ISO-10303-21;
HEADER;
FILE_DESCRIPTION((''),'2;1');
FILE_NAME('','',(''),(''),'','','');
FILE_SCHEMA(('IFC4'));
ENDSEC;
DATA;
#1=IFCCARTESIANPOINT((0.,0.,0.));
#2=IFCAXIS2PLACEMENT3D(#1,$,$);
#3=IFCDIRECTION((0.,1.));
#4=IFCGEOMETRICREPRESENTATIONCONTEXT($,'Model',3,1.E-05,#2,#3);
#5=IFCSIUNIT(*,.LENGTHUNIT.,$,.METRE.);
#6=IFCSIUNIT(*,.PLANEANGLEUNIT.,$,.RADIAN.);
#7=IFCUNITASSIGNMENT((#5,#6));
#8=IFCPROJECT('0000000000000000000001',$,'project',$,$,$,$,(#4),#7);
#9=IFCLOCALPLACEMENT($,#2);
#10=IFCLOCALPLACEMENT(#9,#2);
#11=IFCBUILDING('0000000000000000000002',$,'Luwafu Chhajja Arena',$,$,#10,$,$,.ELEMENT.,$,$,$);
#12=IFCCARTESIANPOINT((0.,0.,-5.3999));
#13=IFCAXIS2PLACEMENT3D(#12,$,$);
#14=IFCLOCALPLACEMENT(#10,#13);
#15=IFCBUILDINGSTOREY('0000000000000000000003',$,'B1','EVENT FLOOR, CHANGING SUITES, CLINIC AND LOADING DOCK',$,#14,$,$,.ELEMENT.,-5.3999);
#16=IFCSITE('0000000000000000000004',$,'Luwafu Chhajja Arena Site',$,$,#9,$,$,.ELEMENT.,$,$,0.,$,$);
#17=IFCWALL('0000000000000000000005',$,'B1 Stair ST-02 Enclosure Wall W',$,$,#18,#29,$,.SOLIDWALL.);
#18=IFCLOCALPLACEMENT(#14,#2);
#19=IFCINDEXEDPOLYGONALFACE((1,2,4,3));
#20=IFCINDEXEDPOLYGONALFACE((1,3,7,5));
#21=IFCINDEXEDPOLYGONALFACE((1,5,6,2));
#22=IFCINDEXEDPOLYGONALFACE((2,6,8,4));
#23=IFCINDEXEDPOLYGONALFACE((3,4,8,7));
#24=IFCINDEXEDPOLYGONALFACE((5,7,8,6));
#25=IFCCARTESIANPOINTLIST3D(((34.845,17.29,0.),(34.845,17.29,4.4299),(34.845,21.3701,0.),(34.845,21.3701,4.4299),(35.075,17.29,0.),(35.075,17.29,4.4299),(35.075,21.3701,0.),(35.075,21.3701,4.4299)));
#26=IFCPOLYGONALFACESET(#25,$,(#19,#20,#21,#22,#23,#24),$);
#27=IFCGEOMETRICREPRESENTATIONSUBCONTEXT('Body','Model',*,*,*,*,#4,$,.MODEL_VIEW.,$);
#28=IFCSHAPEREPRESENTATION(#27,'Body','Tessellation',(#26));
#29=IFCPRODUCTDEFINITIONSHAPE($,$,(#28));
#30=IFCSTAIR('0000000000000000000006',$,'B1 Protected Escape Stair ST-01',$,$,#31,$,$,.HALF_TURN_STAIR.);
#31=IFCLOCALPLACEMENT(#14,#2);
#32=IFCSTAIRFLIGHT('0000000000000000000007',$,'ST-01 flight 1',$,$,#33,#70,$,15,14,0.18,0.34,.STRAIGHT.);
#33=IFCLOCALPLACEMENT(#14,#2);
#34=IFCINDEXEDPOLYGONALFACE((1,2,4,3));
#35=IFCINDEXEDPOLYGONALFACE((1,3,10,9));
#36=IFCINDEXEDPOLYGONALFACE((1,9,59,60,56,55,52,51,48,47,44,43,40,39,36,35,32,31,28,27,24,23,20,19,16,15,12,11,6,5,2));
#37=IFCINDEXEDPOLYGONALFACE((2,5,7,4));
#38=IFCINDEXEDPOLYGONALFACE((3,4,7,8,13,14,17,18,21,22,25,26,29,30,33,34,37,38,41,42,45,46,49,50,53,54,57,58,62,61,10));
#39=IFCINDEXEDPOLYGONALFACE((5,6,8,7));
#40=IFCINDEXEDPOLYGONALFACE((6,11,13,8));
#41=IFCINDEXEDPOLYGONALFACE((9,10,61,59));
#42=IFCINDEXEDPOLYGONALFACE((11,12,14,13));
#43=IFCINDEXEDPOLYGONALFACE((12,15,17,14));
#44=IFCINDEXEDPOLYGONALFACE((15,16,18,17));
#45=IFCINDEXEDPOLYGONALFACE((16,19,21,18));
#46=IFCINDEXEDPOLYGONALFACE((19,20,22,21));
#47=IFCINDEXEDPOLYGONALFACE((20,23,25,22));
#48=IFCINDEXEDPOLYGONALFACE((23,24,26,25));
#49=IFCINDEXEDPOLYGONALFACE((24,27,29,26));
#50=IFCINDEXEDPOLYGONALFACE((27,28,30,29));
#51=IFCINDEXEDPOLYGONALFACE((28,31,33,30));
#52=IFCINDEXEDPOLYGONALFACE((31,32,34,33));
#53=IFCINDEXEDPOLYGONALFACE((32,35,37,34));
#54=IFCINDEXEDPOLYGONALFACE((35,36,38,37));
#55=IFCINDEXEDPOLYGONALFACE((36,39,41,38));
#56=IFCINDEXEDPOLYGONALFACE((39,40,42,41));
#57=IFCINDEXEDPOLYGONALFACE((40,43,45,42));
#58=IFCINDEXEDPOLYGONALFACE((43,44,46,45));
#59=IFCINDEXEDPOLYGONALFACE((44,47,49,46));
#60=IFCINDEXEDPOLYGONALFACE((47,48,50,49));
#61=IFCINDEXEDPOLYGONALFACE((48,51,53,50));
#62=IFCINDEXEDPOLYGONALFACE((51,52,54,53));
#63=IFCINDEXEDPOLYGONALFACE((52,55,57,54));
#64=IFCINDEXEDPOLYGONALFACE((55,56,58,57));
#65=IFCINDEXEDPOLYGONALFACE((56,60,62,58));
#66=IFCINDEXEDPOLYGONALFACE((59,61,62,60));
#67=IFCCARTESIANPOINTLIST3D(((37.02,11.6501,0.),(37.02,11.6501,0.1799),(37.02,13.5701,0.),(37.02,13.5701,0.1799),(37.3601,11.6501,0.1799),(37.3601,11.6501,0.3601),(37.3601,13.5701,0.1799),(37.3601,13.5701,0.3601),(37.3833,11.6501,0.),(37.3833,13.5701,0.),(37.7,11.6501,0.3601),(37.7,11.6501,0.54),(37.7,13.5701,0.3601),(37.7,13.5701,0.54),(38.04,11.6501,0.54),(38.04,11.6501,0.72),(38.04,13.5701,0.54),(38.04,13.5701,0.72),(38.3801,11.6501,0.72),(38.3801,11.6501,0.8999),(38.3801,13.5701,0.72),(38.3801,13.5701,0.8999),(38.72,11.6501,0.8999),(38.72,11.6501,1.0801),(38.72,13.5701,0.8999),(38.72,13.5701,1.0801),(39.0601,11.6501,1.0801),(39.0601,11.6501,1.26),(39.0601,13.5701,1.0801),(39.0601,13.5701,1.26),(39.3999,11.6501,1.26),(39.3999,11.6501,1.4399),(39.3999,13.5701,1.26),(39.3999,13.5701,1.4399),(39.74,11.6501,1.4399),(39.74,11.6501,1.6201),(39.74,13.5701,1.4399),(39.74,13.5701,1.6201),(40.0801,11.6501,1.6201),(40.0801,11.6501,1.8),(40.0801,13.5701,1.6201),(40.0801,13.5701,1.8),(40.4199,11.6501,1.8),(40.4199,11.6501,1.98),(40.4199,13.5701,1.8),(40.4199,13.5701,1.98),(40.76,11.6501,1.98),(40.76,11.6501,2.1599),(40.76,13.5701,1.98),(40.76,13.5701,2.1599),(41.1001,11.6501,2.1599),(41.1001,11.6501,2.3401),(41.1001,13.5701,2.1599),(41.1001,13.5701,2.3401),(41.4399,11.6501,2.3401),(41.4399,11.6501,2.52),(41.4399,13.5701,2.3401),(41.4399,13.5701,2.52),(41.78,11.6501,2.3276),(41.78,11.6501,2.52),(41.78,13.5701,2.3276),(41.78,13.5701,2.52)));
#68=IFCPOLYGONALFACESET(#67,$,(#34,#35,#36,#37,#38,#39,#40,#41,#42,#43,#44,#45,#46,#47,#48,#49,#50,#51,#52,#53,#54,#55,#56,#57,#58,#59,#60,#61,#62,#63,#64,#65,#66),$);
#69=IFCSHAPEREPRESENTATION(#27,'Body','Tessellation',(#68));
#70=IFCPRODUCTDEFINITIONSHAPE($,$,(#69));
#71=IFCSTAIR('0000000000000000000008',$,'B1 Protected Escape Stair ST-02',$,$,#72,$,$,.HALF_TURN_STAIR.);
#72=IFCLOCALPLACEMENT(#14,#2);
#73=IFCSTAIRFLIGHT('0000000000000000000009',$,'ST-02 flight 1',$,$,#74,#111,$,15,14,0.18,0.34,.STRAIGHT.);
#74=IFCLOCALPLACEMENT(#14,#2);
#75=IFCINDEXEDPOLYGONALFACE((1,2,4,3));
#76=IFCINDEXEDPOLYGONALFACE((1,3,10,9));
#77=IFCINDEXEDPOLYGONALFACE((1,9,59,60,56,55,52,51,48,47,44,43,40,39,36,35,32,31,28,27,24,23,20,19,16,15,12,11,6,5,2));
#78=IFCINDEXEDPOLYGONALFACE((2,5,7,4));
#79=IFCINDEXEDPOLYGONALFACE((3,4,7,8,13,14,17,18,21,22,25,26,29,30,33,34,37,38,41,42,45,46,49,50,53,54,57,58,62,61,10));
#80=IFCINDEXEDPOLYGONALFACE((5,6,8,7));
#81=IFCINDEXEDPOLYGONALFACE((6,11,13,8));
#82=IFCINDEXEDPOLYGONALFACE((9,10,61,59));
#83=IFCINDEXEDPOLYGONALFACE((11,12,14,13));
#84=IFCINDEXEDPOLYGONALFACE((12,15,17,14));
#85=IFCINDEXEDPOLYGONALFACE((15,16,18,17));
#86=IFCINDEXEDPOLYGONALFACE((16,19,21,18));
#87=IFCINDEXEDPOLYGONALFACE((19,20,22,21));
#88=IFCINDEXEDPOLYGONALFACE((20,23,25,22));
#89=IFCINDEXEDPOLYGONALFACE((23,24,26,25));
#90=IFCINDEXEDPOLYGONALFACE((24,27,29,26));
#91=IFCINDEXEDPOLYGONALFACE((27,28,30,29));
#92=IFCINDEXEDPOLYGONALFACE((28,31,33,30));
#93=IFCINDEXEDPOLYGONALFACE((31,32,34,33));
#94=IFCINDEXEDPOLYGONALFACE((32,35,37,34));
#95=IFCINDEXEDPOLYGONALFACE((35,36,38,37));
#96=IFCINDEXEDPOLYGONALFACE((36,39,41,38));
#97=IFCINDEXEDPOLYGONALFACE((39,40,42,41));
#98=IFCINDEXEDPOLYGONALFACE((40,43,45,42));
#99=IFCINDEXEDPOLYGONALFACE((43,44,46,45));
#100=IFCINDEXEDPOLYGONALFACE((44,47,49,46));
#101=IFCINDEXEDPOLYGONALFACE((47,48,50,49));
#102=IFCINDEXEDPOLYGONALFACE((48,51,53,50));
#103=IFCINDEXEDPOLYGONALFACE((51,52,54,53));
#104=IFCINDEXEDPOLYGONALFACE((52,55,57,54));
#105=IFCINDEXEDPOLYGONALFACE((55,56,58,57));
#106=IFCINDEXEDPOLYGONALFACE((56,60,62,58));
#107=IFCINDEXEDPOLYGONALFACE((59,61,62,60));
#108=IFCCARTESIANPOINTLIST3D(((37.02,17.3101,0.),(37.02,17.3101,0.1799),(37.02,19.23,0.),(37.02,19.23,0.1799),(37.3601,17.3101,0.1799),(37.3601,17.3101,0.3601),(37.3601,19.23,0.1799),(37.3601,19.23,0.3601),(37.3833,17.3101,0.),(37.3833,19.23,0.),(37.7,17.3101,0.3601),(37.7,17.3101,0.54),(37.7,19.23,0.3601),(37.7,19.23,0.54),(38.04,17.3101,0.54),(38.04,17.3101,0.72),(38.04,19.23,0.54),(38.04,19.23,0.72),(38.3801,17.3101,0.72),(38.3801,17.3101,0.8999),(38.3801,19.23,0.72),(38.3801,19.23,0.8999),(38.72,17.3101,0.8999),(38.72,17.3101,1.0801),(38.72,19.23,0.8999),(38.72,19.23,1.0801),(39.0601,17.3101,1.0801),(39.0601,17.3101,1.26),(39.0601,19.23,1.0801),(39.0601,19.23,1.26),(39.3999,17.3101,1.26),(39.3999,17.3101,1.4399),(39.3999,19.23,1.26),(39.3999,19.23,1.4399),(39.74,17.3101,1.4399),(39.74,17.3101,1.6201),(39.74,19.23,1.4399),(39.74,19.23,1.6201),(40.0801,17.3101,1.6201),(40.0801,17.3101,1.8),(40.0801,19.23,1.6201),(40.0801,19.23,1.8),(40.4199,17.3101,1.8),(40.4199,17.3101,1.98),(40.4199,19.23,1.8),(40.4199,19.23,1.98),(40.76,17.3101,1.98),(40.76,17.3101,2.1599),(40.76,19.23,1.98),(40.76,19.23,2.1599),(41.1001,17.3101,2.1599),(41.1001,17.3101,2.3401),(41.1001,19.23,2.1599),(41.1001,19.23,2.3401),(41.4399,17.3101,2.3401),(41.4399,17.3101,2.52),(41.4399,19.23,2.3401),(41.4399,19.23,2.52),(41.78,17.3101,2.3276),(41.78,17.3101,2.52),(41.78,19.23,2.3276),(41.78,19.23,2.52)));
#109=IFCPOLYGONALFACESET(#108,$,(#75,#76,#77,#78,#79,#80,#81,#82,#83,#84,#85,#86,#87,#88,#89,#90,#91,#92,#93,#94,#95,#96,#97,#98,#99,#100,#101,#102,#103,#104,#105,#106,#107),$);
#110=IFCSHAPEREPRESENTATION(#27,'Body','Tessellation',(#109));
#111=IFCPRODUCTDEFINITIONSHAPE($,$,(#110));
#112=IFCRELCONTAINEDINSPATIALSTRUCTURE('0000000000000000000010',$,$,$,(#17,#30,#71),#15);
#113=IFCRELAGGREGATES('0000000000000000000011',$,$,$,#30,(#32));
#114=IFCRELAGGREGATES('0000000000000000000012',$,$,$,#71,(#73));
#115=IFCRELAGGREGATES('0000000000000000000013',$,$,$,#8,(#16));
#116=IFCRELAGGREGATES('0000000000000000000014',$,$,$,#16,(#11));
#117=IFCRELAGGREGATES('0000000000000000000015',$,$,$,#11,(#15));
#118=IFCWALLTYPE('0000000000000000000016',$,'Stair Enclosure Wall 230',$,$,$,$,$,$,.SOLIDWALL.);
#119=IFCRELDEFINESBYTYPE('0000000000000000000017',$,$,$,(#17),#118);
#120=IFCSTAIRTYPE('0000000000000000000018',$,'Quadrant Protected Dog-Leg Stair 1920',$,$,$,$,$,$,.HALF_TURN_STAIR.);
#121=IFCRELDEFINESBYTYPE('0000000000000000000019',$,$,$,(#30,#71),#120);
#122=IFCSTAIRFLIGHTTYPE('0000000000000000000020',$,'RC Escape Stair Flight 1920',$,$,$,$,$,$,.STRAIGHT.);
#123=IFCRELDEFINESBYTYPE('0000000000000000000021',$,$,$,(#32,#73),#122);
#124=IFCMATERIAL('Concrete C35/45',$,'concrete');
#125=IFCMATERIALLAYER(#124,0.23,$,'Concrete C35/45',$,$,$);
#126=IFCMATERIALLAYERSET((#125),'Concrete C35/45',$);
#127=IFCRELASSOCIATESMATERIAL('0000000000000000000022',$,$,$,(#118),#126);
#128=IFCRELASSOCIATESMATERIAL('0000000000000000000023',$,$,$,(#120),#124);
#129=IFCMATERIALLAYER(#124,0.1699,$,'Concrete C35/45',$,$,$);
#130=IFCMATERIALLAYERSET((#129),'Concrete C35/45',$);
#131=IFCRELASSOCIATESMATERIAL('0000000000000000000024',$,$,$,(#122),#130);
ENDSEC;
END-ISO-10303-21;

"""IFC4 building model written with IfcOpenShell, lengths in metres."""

from ifc_helpers import new_model, si_unit, direction, frame, frame_2d, origin, place, context, subcontext, project, spatial, polyline, rectangle, outline, extrude, material, layer, layer_set, type_object, element, aggregate, save


model = new_model("IFC4")

# Units and contexts
model_context = context("Model", 3, precision=1e-05, world=origin(), true_north=direction((0.0, 1.0)))
body_context = subcontext(model_context, "Body", "Model", "MODEL_VIEW")
ifc_project = project(units=[si_unit("LENGTHUNIT", "METRE"), si_unit("PLANEANGLEUNIT", "RADIAN")], contexts=[model_context])

# Site, building, storey
site_placement = place(None, origin())
site = spatial("IfcSite", under=ifc_project, at=site_placement, Name="Luwafu Chhajja Arena Site", CompositionType="ELEMENT", RefElevation=0.0)
building_placement = place(site_placement, origin())
building = spatial("IfcBuilding", under=site, at=building_placement, Name="Luwafu Chhajja Arena", CompositionType="ELEMENT")
storey_placement = place(building_placement, frame((0.0, 0.0, -5.3999)))
storey = spatial("IfcBuildingStorey", under=building, at=storey_placement, Name="B1", Description="EVENT FLOOR, CHANGING SUITES, CLINIC AND LOADING DOCK", CompositionType="ELEMENT", Elevation=-5.3999)

# Shared definitions
ifc_material_1 = material(Name="Concrete C35/45", Category="concrete")

# Wall
ifc_layer_1 = layer(ifc_material_1, 0.23, Name="Concrete C35/45")
ifc_layer_set_1 = layer_set([ifc_layer_1], Name="Concrete C35/45")
wall_type_1 = type_object("IfcWallType", Name="Stair Enclosure Wall 230", PredefinedType="SOLIDWALL", material=ifc_layer_set_1)
wall_1_placement = place(storey_placement, frame((34.96, 17.29, 0.0), z_axis=(0.0, 0.0, 1.0), x_axis=(0.0, 1.0, 0.0)))
element("IfcWall", 1, at=wall_1_placement, inside=storey, type_object=wall_type_1, Name="B1 Stair ST-02 Enclosure Wall W", PredefinedType="SOLIDWALL", context=body_context, shape_type="SweptSolid", body=[
    extrude(rectangle(XDim=4.0801, YDim=0.23, at=frame_2d((2.04, 0.0))), origin(), (0.0, 0.0, 1.0), 4.4299),
])

# Stairs, stair flights
stair_type = type_object("IfcStairType", Name="Quadrant Protected Dog-Leg Stair 1920", PredefinedType="HALF_TURN_STAIR", material=ifc_material_1)
stair_1_placement = place(storey_placement, origin())
stair_1 = element("IfcStair", 2, at=stair_1_placement, inside=storey, type_object=stair_type, Name="B1 Protected Escape Stair ST-01", PredefinedType="HALF_TURN_STAIR")
ifc_layer_2 = layer(ifc_material_1, 0.1699, Name="Concrete C35/45")
ifc_layer_set_2 = layer_set([ifc_layer_2], Name="Concrete C35/45")
stair_flight_type = type_object("IfcStairFlightType", Name="RC Escape Stair Flight 1920", PredefinedType="STRAIGHT", material=ifc_layer_set_2)
stair_flight_1_placement = place(storey_placement, frame((37.02, 12.6101, 0.0), z_axis=(0.0, 0.0, 1.0), x_axis=(1.0, 0.0, 0.0)))
stair_flight_1 = element("IfcStairFlight", 3, at=stair_flight_1_placement, type_object=stair_flight_type, Name="ST-01 flight 1", NumberOfRisers=15, NumberOfTreads=14, PredefinedType="STRAIGHT", RiserHeight=0.18, TreadLength=0.34, context=body_context, shape_type="SweptSolid", body=[
    extrude(outline(polyline([(0.0, 0.0), (0.0, 0.1799), (0.3401, 0.1799), (0.3401, 0.3601), (0.6799, 0.3601), (0.6799, 0.54), (1.02, 0.54), (1.02, 0.72), (1.3601, 0.72), (1.3601, 0.8999), (1.7, 0.8999), (1.7, 1.0801), (2.04, 1.0801), (2.04, 1.26), (2.3799, 1.26), (2.3799, 1.4399), (2.72, 1.4399), (2.72, 1.6201), (3.0601, 1.6201), (3.0601, 1.8), (3.3999, 1.8), (3.3999, 1.98), (3.74, 1.98), (3.74, 2.1599), (4.0801, 2.1599), (4.0801, 2.3401), (4.4199, 2.3401), (4.4199, 2.52), (4.76, 2.52), (4.76, 2.7), (4.76, 2.3276), (0.3633, 0.0), (0.0, 0.0)])), frame((0.0, 0.96, 0.0), z_axis=(0.0, -1.0, 0.0), x_axis=(1.0, 0.0, 0.0)), (0.0, 0.0, 1.0), 1.9199),
])
aggregate(stair_1, [stair_flight_1])
stair_2_placement = place(storey_placement, origin())
stair_2 = element("IfcStair", 4, at=stair_2_placement, inside=storey, type_object=stair_type, Name="B1 Protected Escape Stair ST-02", PredefinedType="HALF_TURN_STAIR")
stair_flight_2_placement = place(storey_placement, frame((37.02, 18.27, 0.0), z_axis=(0.0, 0.0, 1.0), x_axis=(1.0, 0.0, 0.0)))
stair_flight_2 = element("IfcStairFlight", 5, at=stair_flight_2_placement, type_object=stair_flight_type, Name="ST-02 flight 1", NumberOfRisers=15, NumberOfTreads=14, PredefinedType="STRAIGHT", RiserHeight=0.18, TreadLength=0.34, context=body_context, shape_type="SweptSolid", body=[
    extrude(outline(polyline([(0.0, 0.0), (0.0, 0.1799), (0.3401, 0.1799), (0.3401, 0.3601), (0.6799, 0.3601), (0.6799, 0.54), (1.02, 0.54), (1.02, 0.72), (1.3601, 0.72), (1.3601, 0.8999), (1.7, 0.8999), (1.7, 1.0801), (2.04, 1.0801), (2.04, 1.26), (2.3799, 1.26), (2.3799, 1.4399), (2.72, 1.4399), (2.72, 1.6201), (3.0601, 1.6201), (3.0601, 1.8), (3.3999, 1.8), (3.3999, 1.98), (3.74, 1.98), (3.74, 2.1599), (4.0801, 2.1599), (4.0801, 2.3401), (4.4199, 2.3401), (4.4199, 2.52), (4.76, 2.52), (4.76, 2.7), (4.76, 2.3276), (0.3633, 0.0), (0.0, 0.0)])), frame((0.0, 0.96, 0.0), z_axis=(0.0, -1.0, 0.0), x_axis=(1.0, 0.0, 0.0)), (0.0, 0.0, 1.0), 1.9199),
])
aggregate(stair_2, [stair_flight_2])

save(model, "model.ifc")
